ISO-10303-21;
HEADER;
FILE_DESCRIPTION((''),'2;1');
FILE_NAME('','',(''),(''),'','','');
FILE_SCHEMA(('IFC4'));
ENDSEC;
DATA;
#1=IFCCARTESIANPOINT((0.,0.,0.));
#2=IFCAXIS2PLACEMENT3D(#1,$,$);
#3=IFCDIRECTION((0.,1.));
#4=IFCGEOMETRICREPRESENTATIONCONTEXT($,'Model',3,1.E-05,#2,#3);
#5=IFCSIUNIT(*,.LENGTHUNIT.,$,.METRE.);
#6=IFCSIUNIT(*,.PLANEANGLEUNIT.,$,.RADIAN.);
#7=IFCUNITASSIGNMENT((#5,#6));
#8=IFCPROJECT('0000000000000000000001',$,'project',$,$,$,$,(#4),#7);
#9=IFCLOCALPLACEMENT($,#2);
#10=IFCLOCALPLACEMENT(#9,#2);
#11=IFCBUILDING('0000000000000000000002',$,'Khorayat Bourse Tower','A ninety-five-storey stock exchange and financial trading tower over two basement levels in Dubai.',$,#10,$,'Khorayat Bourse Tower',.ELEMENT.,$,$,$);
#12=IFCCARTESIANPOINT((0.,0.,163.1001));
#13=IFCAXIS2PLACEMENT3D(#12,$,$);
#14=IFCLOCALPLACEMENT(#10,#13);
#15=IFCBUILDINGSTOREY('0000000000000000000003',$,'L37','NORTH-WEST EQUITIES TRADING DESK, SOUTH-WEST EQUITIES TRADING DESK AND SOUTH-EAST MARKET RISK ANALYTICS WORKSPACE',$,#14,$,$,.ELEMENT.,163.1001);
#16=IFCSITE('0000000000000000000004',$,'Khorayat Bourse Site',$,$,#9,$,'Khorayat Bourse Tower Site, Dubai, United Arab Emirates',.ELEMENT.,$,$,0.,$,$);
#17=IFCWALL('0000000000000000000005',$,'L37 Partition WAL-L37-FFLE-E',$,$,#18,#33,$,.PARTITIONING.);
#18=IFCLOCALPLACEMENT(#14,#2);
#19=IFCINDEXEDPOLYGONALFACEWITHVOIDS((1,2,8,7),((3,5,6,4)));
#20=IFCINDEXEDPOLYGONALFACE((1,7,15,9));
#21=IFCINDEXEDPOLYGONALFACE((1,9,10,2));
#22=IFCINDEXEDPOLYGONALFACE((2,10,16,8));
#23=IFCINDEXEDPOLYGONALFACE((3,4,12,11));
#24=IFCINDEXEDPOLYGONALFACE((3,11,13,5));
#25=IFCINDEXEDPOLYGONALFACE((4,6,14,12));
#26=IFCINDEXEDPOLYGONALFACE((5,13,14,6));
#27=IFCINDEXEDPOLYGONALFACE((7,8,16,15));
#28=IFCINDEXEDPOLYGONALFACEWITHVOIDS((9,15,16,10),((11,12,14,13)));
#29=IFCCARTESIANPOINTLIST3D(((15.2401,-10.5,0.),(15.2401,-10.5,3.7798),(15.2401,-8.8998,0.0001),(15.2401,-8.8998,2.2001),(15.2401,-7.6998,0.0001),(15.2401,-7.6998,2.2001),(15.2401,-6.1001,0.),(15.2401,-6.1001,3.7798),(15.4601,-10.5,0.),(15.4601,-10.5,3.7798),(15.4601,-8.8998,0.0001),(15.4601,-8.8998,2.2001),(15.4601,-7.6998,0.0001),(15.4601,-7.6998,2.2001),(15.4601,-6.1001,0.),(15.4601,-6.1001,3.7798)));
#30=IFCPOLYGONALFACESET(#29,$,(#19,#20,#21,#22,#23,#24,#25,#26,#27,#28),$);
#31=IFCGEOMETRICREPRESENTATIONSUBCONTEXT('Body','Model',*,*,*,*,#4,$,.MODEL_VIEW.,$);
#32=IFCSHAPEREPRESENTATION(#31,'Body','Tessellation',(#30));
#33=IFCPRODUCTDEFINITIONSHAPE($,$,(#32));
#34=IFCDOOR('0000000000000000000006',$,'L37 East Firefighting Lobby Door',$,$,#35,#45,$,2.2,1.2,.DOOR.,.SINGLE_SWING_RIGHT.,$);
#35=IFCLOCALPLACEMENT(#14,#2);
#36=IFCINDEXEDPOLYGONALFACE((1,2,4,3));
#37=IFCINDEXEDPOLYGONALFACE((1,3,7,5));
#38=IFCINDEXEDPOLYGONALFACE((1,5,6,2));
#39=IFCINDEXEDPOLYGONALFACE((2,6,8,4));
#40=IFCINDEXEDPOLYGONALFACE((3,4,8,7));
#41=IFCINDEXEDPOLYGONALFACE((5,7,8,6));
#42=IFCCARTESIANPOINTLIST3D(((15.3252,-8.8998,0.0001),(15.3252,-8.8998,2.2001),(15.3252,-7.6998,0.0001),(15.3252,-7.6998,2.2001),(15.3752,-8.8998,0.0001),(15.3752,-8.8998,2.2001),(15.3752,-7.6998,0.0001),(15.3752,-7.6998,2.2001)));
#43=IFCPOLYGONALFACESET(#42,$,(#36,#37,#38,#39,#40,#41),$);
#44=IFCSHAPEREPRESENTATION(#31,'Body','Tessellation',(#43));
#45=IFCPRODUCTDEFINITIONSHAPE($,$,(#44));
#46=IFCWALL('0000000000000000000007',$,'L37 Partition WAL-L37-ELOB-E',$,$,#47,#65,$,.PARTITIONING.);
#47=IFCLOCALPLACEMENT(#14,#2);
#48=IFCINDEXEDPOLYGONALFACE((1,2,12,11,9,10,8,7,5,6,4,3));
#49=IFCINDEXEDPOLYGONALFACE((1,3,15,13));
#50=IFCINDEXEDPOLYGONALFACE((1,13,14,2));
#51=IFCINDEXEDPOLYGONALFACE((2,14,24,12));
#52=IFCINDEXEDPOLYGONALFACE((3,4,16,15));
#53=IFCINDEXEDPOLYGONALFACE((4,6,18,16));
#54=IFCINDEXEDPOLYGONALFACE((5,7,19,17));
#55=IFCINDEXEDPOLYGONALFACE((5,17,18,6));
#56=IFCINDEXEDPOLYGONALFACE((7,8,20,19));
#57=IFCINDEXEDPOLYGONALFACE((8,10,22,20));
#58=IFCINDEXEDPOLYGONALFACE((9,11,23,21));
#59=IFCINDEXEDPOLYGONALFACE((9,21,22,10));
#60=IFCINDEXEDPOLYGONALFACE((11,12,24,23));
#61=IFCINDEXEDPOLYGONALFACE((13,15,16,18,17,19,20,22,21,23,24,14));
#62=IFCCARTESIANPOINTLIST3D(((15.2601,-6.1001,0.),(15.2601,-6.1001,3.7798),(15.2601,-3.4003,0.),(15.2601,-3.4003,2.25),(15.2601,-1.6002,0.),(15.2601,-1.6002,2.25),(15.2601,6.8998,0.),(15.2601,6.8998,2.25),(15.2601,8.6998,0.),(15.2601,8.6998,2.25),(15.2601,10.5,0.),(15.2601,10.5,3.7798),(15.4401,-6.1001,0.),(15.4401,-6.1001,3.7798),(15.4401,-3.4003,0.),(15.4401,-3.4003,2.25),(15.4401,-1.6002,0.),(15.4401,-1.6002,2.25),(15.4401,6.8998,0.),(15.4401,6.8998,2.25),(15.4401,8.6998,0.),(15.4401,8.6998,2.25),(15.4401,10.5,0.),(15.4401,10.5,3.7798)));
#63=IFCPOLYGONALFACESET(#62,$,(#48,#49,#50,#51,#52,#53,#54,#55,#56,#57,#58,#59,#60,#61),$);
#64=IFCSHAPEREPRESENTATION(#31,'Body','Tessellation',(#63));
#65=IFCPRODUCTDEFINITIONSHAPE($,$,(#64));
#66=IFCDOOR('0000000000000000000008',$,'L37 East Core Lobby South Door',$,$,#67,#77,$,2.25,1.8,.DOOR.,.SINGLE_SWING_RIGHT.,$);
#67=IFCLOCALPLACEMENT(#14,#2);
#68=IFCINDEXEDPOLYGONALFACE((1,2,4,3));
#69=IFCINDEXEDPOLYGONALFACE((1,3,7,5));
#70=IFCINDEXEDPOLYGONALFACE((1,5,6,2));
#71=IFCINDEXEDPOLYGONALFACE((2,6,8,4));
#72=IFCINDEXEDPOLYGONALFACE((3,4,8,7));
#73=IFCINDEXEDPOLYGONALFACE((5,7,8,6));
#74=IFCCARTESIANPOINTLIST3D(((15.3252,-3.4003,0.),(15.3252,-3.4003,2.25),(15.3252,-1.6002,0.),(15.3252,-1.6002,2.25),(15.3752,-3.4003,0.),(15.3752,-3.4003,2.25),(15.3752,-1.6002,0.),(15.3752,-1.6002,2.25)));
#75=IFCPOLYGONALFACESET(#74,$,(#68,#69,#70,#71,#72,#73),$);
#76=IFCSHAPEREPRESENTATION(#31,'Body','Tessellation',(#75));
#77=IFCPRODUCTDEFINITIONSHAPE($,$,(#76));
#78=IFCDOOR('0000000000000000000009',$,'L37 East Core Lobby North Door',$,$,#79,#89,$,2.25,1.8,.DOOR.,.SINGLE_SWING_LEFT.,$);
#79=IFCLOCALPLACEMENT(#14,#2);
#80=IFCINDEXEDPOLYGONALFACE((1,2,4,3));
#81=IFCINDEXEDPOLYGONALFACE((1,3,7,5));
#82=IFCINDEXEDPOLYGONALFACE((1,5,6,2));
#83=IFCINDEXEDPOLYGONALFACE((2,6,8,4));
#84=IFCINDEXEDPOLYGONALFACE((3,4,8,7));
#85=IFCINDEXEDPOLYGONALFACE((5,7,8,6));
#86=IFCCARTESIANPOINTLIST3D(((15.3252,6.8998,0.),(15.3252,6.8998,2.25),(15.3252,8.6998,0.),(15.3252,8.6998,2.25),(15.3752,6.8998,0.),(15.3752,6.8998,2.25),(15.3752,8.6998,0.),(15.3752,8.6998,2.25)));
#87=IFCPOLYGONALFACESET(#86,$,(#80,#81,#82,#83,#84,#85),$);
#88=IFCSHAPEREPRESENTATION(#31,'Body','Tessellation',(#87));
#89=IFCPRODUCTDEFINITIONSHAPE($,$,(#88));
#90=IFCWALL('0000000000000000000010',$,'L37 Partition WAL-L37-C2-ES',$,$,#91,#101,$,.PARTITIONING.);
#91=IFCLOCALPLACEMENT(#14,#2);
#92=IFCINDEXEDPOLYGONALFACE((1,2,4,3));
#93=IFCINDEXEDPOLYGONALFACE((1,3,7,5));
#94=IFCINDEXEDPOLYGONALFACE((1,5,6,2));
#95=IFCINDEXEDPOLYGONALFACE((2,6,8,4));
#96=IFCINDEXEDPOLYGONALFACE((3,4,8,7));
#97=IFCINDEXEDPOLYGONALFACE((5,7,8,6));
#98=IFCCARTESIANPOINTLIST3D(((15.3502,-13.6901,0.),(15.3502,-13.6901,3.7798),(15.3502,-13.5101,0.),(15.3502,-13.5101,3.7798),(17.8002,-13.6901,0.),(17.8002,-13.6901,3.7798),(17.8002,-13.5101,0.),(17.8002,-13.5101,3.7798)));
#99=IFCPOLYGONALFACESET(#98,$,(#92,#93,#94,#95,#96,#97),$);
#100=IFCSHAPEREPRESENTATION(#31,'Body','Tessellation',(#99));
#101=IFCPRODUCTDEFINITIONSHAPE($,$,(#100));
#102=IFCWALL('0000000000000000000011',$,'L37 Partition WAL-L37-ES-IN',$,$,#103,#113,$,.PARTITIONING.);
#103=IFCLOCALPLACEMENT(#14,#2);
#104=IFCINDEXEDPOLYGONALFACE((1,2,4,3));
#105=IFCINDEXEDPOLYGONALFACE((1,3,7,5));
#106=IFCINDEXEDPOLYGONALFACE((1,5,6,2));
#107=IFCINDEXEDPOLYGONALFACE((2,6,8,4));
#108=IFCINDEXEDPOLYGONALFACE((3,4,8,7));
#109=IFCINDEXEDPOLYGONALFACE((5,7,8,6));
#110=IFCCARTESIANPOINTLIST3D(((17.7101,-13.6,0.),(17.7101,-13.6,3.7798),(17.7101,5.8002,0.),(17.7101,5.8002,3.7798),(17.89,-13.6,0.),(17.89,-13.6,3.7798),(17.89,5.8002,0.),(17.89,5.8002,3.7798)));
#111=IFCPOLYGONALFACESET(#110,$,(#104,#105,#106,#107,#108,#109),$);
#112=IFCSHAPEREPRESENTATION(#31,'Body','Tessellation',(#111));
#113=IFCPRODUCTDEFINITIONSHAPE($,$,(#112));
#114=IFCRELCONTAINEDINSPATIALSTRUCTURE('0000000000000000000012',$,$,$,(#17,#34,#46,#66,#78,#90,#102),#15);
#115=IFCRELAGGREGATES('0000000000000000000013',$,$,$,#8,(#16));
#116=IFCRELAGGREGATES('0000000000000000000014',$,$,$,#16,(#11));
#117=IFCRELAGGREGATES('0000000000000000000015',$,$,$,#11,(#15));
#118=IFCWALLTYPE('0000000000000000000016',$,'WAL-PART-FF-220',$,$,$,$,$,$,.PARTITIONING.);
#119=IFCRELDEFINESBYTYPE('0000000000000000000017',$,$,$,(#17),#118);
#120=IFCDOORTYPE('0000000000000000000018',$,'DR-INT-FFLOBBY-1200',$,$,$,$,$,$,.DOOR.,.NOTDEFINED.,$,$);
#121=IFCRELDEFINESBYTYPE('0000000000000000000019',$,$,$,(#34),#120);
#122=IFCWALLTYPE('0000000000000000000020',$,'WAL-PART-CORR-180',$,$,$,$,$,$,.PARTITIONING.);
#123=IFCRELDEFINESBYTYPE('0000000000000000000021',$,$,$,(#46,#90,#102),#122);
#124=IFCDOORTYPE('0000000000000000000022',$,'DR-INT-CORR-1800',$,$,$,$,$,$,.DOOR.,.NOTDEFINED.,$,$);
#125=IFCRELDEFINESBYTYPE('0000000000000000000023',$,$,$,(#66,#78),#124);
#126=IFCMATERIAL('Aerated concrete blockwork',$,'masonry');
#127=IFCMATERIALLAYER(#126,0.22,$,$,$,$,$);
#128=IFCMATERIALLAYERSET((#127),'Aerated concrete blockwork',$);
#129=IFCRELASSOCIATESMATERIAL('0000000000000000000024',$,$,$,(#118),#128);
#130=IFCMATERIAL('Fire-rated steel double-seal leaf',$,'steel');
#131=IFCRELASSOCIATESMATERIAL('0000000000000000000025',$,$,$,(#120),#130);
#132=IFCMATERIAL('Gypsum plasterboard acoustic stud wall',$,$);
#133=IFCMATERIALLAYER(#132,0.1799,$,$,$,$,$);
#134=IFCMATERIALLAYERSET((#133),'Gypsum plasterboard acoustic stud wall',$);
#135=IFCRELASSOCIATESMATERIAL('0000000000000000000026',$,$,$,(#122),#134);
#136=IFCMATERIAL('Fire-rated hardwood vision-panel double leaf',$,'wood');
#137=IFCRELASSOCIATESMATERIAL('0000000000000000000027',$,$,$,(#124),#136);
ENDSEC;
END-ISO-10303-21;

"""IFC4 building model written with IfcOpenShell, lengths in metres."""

from ifc_helpers import new_model, si_unit, direction, frame, frame_2d, origin, place, context, subcontext, project, spatial, rectangle, extrude, source, transform, mapped, material, layer, layer_set, type_object, element, fill, save


model = new_model("IFC4")

# Units and contexts
model_context = context("Model", 3, precision=1e-05, world=origin(), true_north=direction((0.0, 1.0)))
body_context = subcontext(model_context, "Body", "Model", "MODEL_VIEW")
ifc_project = project(units=[si_unit("LENGTHUNIT", "METRE"), si_unit("PLANEANGLEUNIT", "RADIAN")], contexts=[model_context])

# Site, building, storey
site_placement = place(None, origin())
site = spatial("IfcSite", under=ifc_project, at=site_placement, Name="Khorayat Bourse Site", LongName="Khorayat Bourse Tower Site, Dubai, United Arab Emirates", CompositionType="ELEMENT", RefElevation=0.0)
building_placement = place(site_placement, origin())
building = spatial("IfcBuilding", under=site, at=building_placement, Name="Khorayat Bourse Tower", Description="A ninety-five-storey stock exchange and financial trading tower over two basement levels in Dubai.", LongName="Khorayat Bourse Tower", CompositionType="ELEMENT")
storey_placement = place(building_placement, frame((0.0, 0.0, 163.1001)))
storey = spatial("IfcBuildingStorey", under=building, at=storey_placement, Name="L37", Description="NORTH-WEST EQUITIES TRADING DESK, SOUTH-WEST EQUITIES TRADING DESK AND SOUTH-EAST MARKET RISK ANALYTICS WORKSPACE", CompositionType="ELEMENT", Elevation=163.1001)

# Shared definitions
ifc_material_1 = material(Name="Aerated concrete blockwork", Category="masonry")
ifc_layer_1 = layer(ifc_material_1, 0.22)
ifc_layer_set_1 = layer_set([ifc_layer_1], Name="Aerated concrete blockwork")
wall_type_1 = type_object("IfcWallType", Name="WAL-PART-FF-220", PredefinedType="PARTITIONING", material=ifc_layer_set_1)

# Wall, opening, door
shared_shape_1 = source(origin(), body_context, "Body", "SweptSolid", [
    extrude(rectangle(XDim=4.3999, YDim=0.22, at=frame_2d((2.2, 0.0))), origin(), (0.0, 0.0, 1.0), 3.7798),
])
wall_1_placement = place(storey_placement, frame((15.3501, -10.5, 0.0), z_axis=(0.0, 0.0, 1.0), x_axis=(0.0, 1.0, 0.0)))
wall_1 = element("IfcWall", 1, at=wall_1_placement, inside=storey, type_object=wall_type_1, Name="L37 Partition WAL-L37-FFLE-E", PredefinedType="PARTITIONING", context=body_context, shape_type="MappedRepresentation", body=[
    mapped(shared_shape_1, transform((0.0, 0.0, 0.0), scale=1.0)),
])
shared_shape_2 = source(origin(), body_context, "Body", "SweptSolid", [
    extrude(rectangle(XDim=1.2, YDim=2.2, at=frame_2d((0.6001, 1.1001))), frame((0.0, 0.1199, 0.0), z_axis=(0.0, -1.0, 0.0), x_axis=(1.0, 0.0, 0.0)), (0.0, 0.0, 1.0), 0.24),
])
opening_1_placement = place(wall_1_placement, frame((1.6001, 0.0, 0.0)))
opening_1 = element("IfcOpeningElement", 2, at=opening_1_placement, cuts=wall_1, PredefinedType="OPENING", context=body_context, shape_type="MappedRepresentation", body=[
    mapped(shared_shape_2, transform((0.0, 0.0, 0.0), scale=1.0)),
])
ifc_material_2 = material(Name="Fire-rated steel double-seal leaf", Category="steel")
door_type_1 = type_object("IfcDoorType", Name="DR-INT-FFLOBBY-1200", OperationType="NOTDEFINED", PredefinedType="DOOR", material=ifc_material_2)
shared_shape_3 = source(origin(), body_context, "Body", "SweptSolid", [
    extrude(rectangle(XDim=1.2, YDim=2.2, at=frame_2d((0.6001, 1.1001))), frame((0.0, 0.0249, 0.0), z_axis=(0.0, -1.0, 0.0), x_axis=(1.0, 0.0, 0.0)), (0.0, 0.0, 1.0), 0.05),
])
door_1_placement = place(opening_1_placement, origin())
door_1 = element("IfcDoor", 3, at=door_1_placement, inside=storey, type_object=door_type_1, Name="L37 East Firefighting Lobby Door", OperationType="SINGLE_SWING_RIGHT", OverallHeight=2.2, OverallWidth=1.2, PredefinedType="DOOR", context=body_context, shape_type="MappedRepresentation", body=[
    mapped(shared_shape_3, transform((0.0, 0.0, 0.0), scale=1.0)),
])
fill(opening_1, door_1)

# Wall, openings, doors
ifc_material_3 = material(Name="Gypsum plasterboard acoustic stud wall")
ifc_layer_2 = layer(ifc_material_3, 0.1799)
ifc_layer_set_2 = layer_set([ifc_layer_2], Name="Gypsum plasterboard acoustic stud wall")
wall_type_2 = type_object("IfcWallType", Name="WAL-PART-CORR-180", PredefinedType="PARTITIONING", material=ifc_layer_set_2)
shared_shape_4 = source(origin(), body_context, "Body", "SweptSolid", [
    extrude(rectangle(XDim=16.6001, YDim=0.1799, at=frame_2d((8.3, 0.0))), origin(), (0.0, 0.0, 1.0), 3.7798),
])
wall_2_placement = place(storey_placement, frame((15.3501, -6.1001, 0.0), z_axis=(0.0, 0.0, 1.0), x_axis=(0.0, 1.0, 0.0)))
wall_2 = element("IfcWall", 4, at=wall_2_placement, inside=storey, type_object=wall_type_2, Name="L37 Partition WAL-L37-ELOB-E", PredefinedType="PARTITIONING", context=body_context, shape_type="MappedRepresentation", body=[
    mapped(shared_shape_4, transform((0.0, 0.0, 0.0), scale=1.0)),
])
shared_shape_5 = source(origin(), body_context, "Body", "SweptSolid", [
    extrude(rectangle(XDim=1.8, YDim=2.25, at=frame_2d((0.8999, 1.125))), frame((0.0, 0.0999, 0.0), z_axis=(0.0, -1.0, 0.0), x_axis=(1.0, 0.0, 0.0)), (0.0, 0.0, 1.0), 0.2),
])
opening_2_placement = place(wall_2_placement, frame((2.7, 0.0, 0.0)))
opening_2 = element("IfcOpeningElement", 5, at=opening_2_placement, cuts=wall_2, PredefinedType="OPENING", context=body_context, shape_type="MappedRepresentation", body=[
    mapped(shared_shape_5, transform((0.0, 0.0, 0.0), scale=1.0)),
])
opening_3_placement = place(wall_2_placement, frame((13.0, 0.0, 0.0)))
opening_3 = element("IfcOpeningElement", 6, at=opening_3_placement, cuts=wall_2, PredefinedType="OPENING", context=body_context, shape_type="MappedRepresentation", body=[
    mapped(shared_shape_5, transform((0.0, 0.0, 0.0), scale=1.0)),
])
ifc_material_4 = material(Name="Fire-rated hardwood vision-panel double leaf", Category="wood")
door_type_2 = type_object("IfcDoorType", Name="DR-INT-CORR-1800", OperationType="NOTDEFINED", PredefinedType="DOOR", material=ifc_material_4)
shared_shape_6 = source(origin(), body_context, "Body", "SweptSolid", [
    extrude(rectangle(XDim=1.8, YDim=2.25, at=frame_2d((0.8999, 1.125))), frame((0.0, 0.0249, 0.0), z_axis=(0.0, -1.0, 0.0), x_axis=(1.0, 0.0, 0.0)), (0.0, 0.0, 1.0), 0.05),
])
door_2_placement = place(opening_2_placement, origin())
door_2 = element("IfcDoor", 7, at=door_2_placement, inside=storey, type_object=door_type_2, Name="L37 East Core Lobby South Door", OperationType="SINGLE_SWING_RIGHT", OverallHeight=2.25, OverallWidth=1.8, PredefinedType="DOOR", context=body_context, shape_type="MappedRepresentation", body=[
    mapped(shared_shape_6, transform((0.0, 0.0, 0.0), scale=1.0)),
])
fill(opening_2, door_2)
door_3_placement = place(opening_3_placement, origin())
door_3 = element("IfcDoor", 8, at=door_3_placement, inside=storey, type_object=door_type_2, Name="L37 East Core Lobby North Door", OperationType="SINGLE_SWING_LEFT", OverallHeight=2.25, OverallWidth=1.8, PredefinedType="DOOR", context=body_context, shape_type="MappedRepresentation", body=[
    mapped(shared_shape_6, transform((0.0, 0.0, 0.0), scale=1.0)),
])
fill(opening_3, door_3)

# Walls
shared_shape_7 = source(origin(), body_context, "Body", "SweptSolid", [
    extrude(rectangle(XDim=2.45, YDim=0.1799, at=frame_2d((1.2251, 0.0))), origin(), (0.0, 0.0, 1.0), 3.7798),
])
wall_3_placement = place(storey_placement, frame((15.3501, -13.6001, 0.0), z_axis=(0.0, 0.0, 1.0), x_axis=(1.0, 0.0, 0.0)))
element("IfcWall", 9, at=wall_3_placement, inside=storey, type_object=wall_type_2, Name="L37 Partition WAL-L37-C2-ES", PredefinedType="PARTITIONING", context=body_context, shape_type="MappedRepresentation", body=[
    mapped(shared_shape_7, transform((0.0, 0.0, 0.0), scale=1.0)),
])
shared_shape_8 = source(origin(), body_context, "Body", "SweptSolid", [
    extrude(rectangle(XDim=19.4001, YDim=0.1799, at=frame_2d((9.7002, 0.0))), origin(), (0.0, 0.0, 1.0), 3.7798),
])
wall_4_placement = place(storey_placement, frame((17.8, -13.6001, 0.0), z_axis=(0.0, 0.0, 1.0), x_axis=(0.0, 1.0, 0.0)))
element("IfcWall", 10, at=wall_4_placement, inside=storey, type_object=wall_type_2, Name="L37 Partition WAL-L37-ES-IN", PredefinedType="PARTITIONING", context=body_context, shape_type="MappedRepresentation", body=[
    mapped(shared_shape_8, transform((0.0, 0.0, 0.0), scale=1.0)),
])

save(model, "model.ifc")
